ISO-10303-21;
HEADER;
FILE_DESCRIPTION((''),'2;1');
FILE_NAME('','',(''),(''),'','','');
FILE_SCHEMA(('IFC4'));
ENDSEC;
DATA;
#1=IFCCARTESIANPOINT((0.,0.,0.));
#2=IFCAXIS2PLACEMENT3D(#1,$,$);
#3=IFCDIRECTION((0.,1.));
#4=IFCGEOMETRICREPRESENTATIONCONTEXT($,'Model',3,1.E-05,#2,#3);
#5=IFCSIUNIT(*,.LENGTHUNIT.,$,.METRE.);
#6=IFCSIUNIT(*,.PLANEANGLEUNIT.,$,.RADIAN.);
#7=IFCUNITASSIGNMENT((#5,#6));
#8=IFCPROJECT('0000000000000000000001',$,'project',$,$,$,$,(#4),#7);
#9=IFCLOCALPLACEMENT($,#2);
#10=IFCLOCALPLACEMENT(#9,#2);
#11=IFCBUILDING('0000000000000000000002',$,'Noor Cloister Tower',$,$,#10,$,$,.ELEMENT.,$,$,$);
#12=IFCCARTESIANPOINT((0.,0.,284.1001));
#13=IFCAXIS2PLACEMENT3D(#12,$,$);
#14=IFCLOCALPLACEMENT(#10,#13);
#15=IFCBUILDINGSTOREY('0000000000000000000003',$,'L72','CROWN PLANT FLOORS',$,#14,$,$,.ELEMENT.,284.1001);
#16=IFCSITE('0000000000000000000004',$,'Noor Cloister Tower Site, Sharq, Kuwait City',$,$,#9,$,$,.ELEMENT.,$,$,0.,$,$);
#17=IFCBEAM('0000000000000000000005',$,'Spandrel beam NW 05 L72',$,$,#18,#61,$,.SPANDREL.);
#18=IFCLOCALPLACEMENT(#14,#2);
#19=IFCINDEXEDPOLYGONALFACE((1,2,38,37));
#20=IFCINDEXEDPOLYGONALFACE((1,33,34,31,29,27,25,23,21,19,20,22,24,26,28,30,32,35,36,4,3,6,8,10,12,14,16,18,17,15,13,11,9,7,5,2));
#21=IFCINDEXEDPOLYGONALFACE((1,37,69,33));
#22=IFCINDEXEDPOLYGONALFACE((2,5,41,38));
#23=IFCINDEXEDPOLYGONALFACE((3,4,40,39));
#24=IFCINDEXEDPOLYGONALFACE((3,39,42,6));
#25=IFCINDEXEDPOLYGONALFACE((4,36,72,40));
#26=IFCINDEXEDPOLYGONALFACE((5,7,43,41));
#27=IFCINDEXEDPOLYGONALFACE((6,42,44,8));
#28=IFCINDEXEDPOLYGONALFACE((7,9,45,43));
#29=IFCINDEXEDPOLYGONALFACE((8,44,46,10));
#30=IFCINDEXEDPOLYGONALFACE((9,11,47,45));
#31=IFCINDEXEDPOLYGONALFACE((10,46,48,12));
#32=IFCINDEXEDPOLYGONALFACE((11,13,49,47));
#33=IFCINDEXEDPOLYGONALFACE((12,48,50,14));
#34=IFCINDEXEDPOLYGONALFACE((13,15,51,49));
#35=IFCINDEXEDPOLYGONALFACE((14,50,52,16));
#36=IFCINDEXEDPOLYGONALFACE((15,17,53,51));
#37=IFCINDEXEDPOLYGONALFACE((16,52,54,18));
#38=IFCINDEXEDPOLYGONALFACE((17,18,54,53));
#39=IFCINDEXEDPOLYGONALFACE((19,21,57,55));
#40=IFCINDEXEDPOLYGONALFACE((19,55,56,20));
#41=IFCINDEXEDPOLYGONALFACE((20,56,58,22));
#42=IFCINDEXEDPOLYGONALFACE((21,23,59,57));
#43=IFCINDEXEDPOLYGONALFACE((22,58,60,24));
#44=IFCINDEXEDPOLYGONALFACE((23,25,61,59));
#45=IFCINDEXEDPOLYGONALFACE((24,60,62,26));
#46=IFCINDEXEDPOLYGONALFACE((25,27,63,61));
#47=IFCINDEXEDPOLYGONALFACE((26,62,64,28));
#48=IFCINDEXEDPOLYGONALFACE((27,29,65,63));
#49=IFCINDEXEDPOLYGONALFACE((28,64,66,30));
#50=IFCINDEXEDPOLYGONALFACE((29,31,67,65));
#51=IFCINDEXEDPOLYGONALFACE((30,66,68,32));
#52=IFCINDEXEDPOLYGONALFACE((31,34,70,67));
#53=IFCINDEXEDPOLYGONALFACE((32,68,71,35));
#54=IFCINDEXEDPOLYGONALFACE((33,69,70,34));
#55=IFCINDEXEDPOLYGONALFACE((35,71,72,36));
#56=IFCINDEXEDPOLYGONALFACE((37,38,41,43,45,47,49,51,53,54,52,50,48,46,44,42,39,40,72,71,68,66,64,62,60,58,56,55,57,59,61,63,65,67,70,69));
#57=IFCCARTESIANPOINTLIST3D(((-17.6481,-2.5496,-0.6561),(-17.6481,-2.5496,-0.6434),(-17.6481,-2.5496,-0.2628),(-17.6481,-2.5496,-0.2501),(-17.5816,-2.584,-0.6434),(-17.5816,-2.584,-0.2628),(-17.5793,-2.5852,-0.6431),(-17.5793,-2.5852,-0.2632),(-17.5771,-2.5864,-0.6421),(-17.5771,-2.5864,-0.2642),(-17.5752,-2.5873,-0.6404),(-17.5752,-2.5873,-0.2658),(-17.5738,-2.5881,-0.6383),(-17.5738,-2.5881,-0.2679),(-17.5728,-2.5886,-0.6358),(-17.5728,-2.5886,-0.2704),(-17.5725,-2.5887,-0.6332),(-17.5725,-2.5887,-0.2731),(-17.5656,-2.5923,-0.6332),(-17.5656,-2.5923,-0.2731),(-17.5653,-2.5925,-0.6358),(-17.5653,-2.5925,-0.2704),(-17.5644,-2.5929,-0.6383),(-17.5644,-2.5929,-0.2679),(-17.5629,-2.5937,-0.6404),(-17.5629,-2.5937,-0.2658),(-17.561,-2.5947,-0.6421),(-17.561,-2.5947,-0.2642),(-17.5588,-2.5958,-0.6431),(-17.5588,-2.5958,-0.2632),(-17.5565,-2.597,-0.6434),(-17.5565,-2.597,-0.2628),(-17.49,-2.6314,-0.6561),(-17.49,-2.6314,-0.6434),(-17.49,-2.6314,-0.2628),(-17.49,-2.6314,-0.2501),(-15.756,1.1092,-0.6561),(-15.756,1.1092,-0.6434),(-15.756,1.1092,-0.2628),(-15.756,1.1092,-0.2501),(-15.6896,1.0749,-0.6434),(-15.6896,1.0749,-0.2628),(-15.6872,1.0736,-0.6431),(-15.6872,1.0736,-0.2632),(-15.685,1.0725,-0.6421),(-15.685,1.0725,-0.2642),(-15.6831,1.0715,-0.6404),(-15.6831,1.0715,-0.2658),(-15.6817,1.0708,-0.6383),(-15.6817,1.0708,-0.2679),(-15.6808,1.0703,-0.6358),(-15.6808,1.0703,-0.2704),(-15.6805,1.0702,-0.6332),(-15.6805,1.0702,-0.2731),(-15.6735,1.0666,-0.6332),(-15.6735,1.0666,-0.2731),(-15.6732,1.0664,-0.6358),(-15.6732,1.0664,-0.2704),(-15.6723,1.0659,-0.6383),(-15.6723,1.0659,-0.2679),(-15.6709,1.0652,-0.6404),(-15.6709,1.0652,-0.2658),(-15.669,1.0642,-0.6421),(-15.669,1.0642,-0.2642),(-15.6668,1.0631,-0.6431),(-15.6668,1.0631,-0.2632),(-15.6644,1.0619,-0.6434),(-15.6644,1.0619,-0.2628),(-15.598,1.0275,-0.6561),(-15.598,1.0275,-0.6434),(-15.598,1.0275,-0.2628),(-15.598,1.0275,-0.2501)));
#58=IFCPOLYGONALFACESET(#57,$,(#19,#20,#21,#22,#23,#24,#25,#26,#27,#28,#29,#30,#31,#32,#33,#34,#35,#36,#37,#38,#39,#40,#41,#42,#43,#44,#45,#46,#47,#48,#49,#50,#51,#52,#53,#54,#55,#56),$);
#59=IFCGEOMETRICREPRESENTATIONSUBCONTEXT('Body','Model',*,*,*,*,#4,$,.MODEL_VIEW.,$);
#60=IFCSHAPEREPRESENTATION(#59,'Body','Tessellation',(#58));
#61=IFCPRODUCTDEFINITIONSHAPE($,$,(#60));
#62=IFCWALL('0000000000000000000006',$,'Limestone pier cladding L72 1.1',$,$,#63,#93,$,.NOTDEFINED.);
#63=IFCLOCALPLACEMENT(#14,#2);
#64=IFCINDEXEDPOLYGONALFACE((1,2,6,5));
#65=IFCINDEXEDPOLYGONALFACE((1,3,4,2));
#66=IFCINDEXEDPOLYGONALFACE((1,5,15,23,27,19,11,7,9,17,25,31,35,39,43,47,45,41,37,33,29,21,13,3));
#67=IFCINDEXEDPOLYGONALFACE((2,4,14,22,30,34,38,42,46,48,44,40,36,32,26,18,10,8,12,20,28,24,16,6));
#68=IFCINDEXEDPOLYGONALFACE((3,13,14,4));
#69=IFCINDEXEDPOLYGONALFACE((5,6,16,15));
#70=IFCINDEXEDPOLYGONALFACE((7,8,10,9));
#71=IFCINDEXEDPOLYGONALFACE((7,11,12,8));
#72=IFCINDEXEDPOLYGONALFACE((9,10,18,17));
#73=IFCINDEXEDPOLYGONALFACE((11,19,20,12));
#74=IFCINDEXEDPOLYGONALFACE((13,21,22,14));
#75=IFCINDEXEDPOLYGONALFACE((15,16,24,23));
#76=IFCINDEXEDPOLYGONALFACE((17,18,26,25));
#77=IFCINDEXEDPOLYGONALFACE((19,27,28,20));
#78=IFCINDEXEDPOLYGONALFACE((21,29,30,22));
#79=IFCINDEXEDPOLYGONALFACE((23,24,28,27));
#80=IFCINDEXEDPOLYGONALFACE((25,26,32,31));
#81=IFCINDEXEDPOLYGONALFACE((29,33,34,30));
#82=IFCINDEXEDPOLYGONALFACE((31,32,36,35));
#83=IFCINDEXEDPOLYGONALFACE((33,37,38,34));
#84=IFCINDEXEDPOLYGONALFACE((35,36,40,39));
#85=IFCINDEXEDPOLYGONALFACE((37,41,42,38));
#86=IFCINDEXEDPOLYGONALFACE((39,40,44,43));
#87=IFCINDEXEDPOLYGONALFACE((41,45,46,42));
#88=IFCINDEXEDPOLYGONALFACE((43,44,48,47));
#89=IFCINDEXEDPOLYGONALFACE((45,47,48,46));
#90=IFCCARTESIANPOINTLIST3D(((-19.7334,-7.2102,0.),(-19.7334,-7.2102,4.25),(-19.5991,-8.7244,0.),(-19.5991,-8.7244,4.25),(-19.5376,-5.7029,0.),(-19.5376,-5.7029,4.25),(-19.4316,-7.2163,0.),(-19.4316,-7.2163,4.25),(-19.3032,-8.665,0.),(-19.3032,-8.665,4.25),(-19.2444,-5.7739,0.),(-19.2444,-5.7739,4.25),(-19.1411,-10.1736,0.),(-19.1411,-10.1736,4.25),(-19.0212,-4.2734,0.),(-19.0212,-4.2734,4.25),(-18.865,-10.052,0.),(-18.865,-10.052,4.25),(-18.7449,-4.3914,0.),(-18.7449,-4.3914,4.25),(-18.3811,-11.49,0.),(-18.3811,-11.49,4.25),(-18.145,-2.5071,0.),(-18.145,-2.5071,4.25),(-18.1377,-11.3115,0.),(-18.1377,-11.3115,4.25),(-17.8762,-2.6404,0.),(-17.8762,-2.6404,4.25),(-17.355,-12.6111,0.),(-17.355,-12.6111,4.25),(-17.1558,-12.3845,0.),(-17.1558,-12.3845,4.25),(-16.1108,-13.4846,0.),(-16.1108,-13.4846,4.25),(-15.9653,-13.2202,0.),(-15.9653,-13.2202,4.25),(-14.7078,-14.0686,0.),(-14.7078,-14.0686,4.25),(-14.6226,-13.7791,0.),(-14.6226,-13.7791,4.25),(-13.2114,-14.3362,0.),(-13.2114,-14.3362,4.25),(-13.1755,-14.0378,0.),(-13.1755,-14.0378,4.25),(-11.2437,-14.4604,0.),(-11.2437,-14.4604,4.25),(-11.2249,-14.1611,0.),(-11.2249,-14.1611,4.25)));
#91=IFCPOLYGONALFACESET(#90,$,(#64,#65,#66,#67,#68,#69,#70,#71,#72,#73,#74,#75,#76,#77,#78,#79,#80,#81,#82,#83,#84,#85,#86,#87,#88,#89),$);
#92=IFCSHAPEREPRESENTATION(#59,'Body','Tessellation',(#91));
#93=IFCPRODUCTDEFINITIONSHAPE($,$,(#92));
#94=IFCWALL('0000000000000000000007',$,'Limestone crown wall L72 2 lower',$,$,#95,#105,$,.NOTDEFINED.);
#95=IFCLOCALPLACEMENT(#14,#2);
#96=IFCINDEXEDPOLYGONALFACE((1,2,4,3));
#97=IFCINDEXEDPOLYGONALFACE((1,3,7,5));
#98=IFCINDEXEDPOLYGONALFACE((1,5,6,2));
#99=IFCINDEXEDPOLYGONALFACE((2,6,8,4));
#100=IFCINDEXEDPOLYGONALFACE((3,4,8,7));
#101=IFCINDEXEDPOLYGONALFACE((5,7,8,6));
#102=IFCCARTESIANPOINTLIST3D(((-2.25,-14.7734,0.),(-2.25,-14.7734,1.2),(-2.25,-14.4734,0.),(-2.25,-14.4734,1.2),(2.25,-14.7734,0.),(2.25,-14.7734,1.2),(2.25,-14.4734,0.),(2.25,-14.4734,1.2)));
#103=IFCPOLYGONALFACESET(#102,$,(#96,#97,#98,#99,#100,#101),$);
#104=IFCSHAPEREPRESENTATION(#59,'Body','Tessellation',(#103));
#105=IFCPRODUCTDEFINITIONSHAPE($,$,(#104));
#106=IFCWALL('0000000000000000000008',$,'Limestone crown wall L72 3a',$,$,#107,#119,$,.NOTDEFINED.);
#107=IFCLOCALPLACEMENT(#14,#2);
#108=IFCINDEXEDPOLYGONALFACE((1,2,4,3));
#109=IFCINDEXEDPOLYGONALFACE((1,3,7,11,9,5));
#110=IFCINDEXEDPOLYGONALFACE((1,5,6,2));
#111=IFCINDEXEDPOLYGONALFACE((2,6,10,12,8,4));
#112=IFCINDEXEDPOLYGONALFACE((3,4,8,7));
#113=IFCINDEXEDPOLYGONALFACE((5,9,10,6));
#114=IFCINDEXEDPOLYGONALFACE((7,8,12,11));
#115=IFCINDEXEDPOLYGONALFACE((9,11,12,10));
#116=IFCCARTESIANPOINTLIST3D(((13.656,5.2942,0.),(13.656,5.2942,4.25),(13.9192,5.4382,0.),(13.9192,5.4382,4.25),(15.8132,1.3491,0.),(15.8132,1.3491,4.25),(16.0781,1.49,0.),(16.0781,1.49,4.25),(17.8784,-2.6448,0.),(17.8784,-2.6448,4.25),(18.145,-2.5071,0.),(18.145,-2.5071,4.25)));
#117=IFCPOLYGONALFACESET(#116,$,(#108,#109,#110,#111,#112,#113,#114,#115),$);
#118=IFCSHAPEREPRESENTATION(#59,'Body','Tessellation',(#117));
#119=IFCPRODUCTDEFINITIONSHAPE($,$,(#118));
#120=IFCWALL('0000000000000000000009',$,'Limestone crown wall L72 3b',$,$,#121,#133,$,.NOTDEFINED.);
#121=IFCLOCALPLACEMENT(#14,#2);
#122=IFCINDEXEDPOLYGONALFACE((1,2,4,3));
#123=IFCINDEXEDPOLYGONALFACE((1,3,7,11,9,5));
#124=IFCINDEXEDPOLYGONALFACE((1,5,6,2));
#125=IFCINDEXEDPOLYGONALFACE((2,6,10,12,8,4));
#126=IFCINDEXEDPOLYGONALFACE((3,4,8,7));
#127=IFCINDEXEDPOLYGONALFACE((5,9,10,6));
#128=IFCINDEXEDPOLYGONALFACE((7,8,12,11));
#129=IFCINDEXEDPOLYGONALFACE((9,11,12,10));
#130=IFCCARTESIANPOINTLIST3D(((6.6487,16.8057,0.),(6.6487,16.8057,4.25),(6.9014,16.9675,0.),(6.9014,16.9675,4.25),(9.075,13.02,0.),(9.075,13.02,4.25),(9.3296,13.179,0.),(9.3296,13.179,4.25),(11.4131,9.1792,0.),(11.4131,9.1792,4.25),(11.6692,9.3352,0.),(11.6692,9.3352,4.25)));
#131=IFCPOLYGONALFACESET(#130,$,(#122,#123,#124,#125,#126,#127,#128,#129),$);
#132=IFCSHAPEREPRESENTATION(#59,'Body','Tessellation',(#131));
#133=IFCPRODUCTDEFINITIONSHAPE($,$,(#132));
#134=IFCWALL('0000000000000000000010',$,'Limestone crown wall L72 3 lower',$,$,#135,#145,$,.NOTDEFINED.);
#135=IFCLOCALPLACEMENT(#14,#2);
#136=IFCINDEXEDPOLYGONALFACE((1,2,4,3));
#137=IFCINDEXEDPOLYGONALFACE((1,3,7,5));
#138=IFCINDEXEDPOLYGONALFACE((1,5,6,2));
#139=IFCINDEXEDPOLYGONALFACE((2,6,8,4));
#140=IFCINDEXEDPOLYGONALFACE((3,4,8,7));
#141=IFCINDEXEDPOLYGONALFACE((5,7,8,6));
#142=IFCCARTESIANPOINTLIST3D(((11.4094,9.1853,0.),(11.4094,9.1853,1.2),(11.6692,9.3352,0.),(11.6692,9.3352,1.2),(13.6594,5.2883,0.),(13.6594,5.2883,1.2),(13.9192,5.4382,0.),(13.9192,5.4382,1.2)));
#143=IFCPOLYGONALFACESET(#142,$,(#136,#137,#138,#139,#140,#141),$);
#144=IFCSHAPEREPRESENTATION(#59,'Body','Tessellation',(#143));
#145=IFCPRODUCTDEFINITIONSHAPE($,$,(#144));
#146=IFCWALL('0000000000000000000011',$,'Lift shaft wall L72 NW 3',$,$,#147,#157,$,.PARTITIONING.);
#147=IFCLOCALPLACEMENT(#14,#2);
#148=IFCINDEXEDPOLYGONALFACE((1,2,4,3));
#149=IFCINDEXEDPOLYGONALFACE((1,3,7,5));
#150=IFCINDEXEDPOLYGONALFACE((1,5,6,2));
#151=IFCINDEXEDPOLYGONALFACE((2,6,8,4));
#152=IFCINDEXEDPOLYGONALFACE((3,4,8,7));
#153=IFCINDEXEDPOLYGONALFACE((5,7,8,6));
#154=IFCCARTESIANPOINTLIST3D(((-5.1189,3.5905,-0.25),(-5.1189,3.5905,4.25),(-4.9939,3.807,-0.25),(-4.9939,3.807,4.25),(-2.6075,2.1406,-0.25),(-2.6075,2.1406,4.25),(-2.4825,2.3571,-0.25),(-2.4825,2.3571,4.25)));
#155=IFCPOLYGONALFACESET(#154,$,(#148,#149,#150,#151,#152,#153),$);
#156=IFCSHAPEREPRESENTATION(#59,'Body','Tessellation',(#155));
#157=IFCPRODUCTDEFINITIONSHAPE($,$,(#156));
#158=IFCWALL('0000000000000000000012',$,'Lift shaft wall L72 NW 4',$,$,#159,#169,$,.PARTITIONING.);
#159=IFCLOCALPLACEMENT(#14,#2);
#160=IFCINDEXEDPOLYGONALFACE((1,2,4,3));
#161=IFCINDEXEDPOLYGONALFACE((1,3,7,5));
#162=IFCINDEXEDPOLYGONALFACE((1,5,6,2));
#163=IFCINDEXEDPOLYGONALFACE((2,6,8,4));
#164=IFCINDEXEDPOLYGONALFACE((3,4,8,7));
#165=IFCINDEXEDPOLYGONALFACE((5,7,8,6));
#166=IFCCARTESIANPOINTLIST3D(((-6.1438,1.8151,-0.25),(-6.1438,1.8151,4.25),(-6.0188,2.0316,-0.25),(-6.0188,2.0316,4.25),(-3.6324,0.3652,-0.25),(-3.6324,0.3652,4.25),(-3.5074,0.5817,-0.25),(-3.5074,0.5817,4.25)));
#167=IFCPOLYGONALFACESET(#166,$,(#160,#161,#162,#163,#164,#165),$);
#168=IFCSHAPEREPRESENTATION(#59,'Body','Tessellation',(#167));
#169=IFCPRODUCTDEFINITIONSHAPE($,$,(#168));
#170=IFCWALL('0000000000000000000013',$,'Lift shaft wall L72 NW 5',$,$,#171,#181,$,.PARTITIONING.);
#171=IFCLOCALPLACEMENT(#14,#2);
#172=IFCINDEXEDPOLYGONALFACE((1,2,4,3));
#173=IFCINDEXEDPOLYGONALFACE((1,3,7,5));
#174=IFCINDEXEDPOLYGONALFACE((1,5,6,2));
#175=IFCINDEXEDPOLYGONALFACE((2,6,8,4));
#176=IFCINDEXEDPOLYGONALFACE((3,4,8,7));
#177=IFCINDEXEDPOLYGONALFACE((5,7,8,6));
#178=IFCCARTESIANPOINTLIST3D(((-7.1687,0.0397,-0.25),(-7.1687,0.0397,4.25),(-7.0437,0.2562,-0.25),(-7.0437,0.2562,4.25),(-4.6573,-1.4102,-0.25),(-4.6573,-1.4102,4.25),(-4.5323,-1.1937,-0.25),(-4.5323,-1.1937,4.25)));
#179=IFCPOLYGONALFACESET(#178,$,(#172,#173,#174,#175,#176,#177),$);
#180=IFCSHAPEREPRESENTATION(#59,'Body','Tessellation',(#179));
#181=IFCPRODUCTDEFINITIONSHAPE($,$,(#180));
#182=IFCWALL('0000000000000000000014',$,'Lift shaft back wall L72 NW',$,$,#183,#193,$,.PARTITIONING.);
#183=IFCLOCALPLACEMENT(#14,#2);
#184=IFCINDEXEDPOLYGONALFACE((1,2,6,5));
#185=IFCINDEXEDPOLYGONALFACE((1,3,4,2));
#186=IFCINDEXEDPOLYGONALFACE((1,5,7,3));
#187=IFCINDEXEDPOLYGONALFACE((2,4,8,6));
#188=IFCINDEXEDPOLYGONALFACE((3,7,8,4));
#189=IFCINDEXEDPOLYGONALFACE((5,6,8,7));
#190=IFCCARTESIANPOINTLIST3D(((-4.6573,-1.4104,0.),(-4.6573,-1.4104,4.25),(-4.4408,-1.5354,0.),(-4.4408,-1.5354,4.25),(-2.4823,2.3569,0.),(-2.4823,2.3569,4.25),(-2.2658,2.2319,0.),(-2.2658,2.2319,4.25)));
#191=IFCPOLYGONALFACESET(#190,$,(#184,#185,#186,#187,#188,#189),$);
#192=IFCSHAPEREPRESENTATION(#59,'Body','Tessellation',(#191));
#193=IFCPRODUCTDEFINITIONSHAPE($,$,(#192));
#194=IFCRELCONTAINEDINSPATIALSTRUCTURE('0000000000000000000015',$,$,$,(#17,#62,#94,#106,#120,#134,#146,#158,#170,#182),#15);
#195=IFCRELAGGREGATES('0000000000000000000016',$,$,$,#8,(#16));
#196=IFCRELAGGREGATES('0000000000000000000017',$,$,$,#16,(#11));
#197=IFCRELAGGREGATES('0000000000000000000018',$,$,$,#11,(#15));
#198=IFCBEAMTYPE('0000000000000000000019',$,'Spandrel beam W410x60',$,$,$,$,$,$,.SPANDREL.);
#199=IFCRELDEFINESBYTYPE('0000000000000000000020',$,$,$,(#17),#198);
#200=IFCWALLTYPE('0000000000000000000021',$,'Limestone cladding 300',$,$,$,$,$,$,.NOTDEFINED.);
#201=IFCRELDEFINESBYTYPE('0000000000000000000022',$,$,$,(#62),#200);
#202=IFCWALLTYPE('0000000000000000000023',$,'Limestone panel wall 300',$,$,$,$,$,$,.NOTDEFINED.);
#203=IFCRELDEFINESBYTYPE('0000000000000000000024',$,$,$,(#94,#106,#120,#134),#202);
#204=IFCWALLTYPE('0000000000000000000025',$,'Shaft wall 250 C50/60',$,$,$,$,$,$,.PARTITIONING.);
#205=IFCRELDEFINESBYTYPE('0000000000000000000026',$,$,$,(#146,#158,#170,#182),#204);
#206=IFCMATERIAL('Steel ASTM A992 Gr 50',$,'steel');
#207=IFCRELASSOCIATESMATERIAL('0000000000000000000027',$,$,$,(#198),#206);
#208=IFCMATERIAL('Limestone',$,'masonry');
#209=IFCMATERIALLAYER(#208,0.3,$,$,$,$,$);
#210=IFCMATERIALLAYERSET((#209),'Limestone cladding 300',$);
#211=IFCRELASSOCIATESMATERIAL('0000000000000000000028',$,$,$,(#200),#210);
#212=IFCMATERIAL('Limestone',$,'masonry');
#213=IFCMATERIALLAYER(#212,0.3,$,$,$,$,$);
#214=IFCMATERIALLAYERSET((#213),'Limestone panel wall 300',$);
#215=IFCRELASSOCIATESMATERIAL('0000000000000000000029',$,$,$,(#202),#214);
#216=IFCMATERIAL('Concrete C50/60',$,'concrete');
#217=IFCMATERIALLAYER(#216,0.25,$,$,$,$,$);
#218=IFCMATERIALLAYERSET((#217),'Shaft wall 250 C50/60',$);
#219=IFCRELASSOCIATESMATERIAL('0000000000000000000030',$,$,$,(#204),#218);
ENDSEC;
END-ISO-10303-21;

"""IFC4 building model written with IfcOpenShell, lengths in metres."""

from ifc_helpers import new_model, si_unit, direction, frame, frame_2d, origin, origin_2d, place, context, subcontext, project, spatial, polyline, rectangle, i_section, outline, extrude, material, layer, layer_set, material_profile, profile_set, type_object, element, save


model = new_model("IFC4")

# Units and contexts
model_context = context("Model", 3, precision=1e-05, world=origin(), true_north=direction((0.0, 1.0)))
body_context = subcontext(model_context, "Body", "Model", "MODEL_VIEW")
ifc_project = project(units=[si_unit("LENGTHUNIT", "METRE"), si_unit("PLANEANGLEUNIT", "RADIAN")], contexts=[model_context])

# Site, building, storey
site_placement = place(None, origin())
site = spatial("IfcSite", under=ifc_project, at=site_placement, Name="Noor Cloister Tower Site, Sharq, Kuwait City", CompositionType="ELEMENT", RefElevation=0.0)
building_placement = place(site_placement, origin())
building = spatial("IfcBuilding", under=site, at=building_placement, Name="Noor Cloister Tower", CompositionType="ELEMENT")
storey_placement = place(building_placement, frame((0.0, 0.0, 284.1001)))
storey = spatial("IfcBuildingStorey", under=building, at=storey_placement, Name="L72", Description="CROWN PLANT FLOORS", CompositionType="ELEMENT", Elevation=284.1001)

# Beam
ifc_material_1 = material(Name="Steel ASTM A992 Gr 50", Category="steel")
ifc_material_profile_1 = material_profile(ifc_material_1, i_section(OverallWidth=0.178, OverallDepth=0.406, WebThickness=0.0078, FlangeThickness=0.0127, FilletRadius=0.0103, at=origin_2d()), Name="W410x60")
ifc_profile_set_1 = profile_set([ifc_material_profile_1], Name="Steel ASTM A992 Gr 50")
beam_type_1 = type_object("IfcBeamType", Name="Spandrel beam W410x60", PredefinedType="SPANDREL", material=ifc_profile_set_1)
for number, where, z_axis, x_axis, name in (
    (1, (-15.677, 1.0684, -0.4531), (-0.459334, -0.888264, 0.0), (0.888264, -0.459334, 0.0), "Spandrel beam NW 05 L72"),
):
    element("IfcBeam", number, at=place(storey_placement, frame(where, z_axis=z_axis, x_axis=x_axis)), inside=storey, type_object=beam_type_1, Name=name, PredefinedType="SPANDREL", context=body_context, shape_type="SweptSolid", body=[
        extrude(i_section(OverallWidth=0.178, OverallDepth=0.406, WebThickness=0.0078, FlangeThickness=0.0127, FilletRadius=0.0103, at=origin_2d()), origin(), (0.0, 0.0, 1.0), 4.1191),
    ])

# Walls
ifc_material_2 = material(Name="Limestone", Category="masonry")
ifc_layer_1 = layer(ifc_material_2, 0.3)
ifc_layer_set_1 = layer_set([ifc_layer_1], Name="Limestone cladding 300")
wall_type_1 = type_object("IfcWallType", Name="Limestone cladding 300", PredefinedType="NOTDEFINED", material=ifc_layer_set_1)
wall_1_placement = place(storey_placement, origin())
element("IfcWall", 2, at=wall_1_placement, inside=storey, type_object=wall_type_1, Name="Limestone pier cladding L72 1.1", PredefinedType="NOTDEFINED", context=body_context, shape_type="SweptSolid", body=[
    extrude(outline(polyline([(-18.145, -2.5071), (-19.0212, -4.2734), (-19.5376, -5.7029), (-19.7334, -7.2102), (-19.5991, -8.7244), (-19.1411, -10.1736), (-18.3811, -11.49), (-17.355, -12.6111), (-16.1108, -13.4846), (-14.7078, -14.0686), (-13.2114, -14.3362), (-11.2437, -14.4604), (-11.2249, -14.1611), (-13.1755, -14.0378), (-14.6226, -13.7791), (-15.9653, -13.2202), (-17.1558, -12.3845), (-18.1377, -11.3115), (-18.865, -10.052), (-19.3032, -8.665), (-19.4316, -7.2163), (-19.2444, -5.7739), (-18.7449, -4.3914), (-17.8762, -2.6404), (-18.145, -2.5071)])), origin(), (0.0, 0.0, 1.0), 4.25),
])
ifc_material_3 = material(Name="Limestone", Category="masonry")
ifc_layer_2 = layer(ifc_material_3, 0.3)
ifc_layer_set_2 = layer_set([ifc_layer_2], Name="Limestone panel wall 300")
wall_type_2 = type_object("IfcWallType", Name="Limestone panel wall 300", PredefinedType="NOTDEFINED", material=ifc_layer_set_2)
wall_2_placement = place(storey_placement, origin())
element("IfcWall", 3, at=wall_2_placement, inside=storey, type_object=wall_type_2, Name="Limestone crown wall L72 2 lower", PredefinedType="NOTDEFINED", context=body_context, shape_type="SweptSolid", body=[
    extrude(outline(polyline([(-2.25, -14.7734), (2.25, -14.7734), (2.25, -14.4734), (-2.25, -14.4734), (-2.25, -14.7734)])), origin(), (0.0, 0.0, 1.0), 1.2),
])
wall_3_placement = place(storey_placement, origin())
element("IfcWall", 4, at=wall_3_placement, inside=storey, type_object=wall_type_2, Name="Limestone crown wall L72 3a", PredefinedType="NOTDEFINED", context=body_context, shape_type="SweptSolid", body=[
    extrude(outline(polyline([(18.145, -2.5071), (16.0781, 1.49), (13.9192, 5.4382), (13.656, 5.2942), (15.8132, 1.3491), (17.8784, -2.6448), (18.145, -2.5071)])), origin(), (0.0, 0.0, 1.0), 4.25),
])
wall_4_placement = place(storey_placement, origin())
element("IfcWall", 5, at=wall_4_placement, inside=storey, type_object=wall_type_2, Name="Limestone crown wall L72 3b", PredefinedType="NOTDEFINED", context=body_context, shape_type="SweptSolid", body=[
    extrude(outline(polyline([(11.6692, 9.3352), (9.3296, 13.179), (6.9014, 16.9675), (6.6487, 16.8057), (9.075, 13.02), (11.4131, 9.1792), (11.6692, 9.3352)])), origin(), (0.0, 0.0, 1.0), 4.25),
])
wall_5_placement = place(storey_placement, origin())
element("IfcWall", 6, at=wall_5_placement, inside=storey, type_object=wall_type_2, Name="Limestone crown wall L72 3 lower", PredefinedType="NOTDEFINED", context=body_context, shape_type="SweptSolid", body=[
    extrude(outline(polyline([(13.9192, 5.4382), (11.6692, 9.3352), (11.4094, 9.1853), (13.6594, 5.2883), (13.9192, 5.4382)])), origin(), (0.0, 0.0, 1.0), 1.2),
])
ifc_material_4 = material(Name="Concrete C50/60", Category="concrete")
ifc_layer_3 = layer(ifc_material_4, 0.25)
ifc_layer_set_3 = layer_set([ifc_layer_3], Name="Shaft wall 250 C50/60")
wall_type_3 = type_object("IfcWallType", Name="Shaft wall 250 C50/60", PredefinedType="PARTITIONING", material=ifc_layer_set_3)
for number, where, z_axis, x_axis, name in (
    (7, (-5.0564, 3.6987, -0.25), (0.0, 0.0, 1.0), (0.866033, -0.499987, 0.0), "Lift shaft wall L72 NW 3"),
    (8, (-6.0813, 1.9233, -0.25), (0.0, 0.0, 1.0), (0.866033, -0.499987, 0.0), "Lift shaft wall L72 NW 4"),
    (9, (-7.1062, 0.1479, -0.25), (0.0, 0.0, 1.0), (0.866033, -0.499987, 0.0), "Lift shaft wall L72 NW 5"),
):
    element("IfcWall", number, at=place(storey_placement, frame(where, z_axis=z_axis, x_axis=x_axis)), inside=storey, type_object=wall_type_3, Name=name, PredefinedType="PARTITIONING", context=body_context, shape_type="SweptSolid", body=[
        extrude(rectangle(XDim=2.8999, YDim=0.25, at=frame_2d((1.45, 0.0))), origin(), (0.0, 0.0, 1.0), 4.5),
    ])
wall_6_placement = place(storey_placement, frame((-2.374, 2.2944, 0.0), z_axis=(0.0, 0.0, 1.0), x_axis=(-0.499996, -0.866028, 0.0)))
element("IfcWall", 10, at=wall_6_placement, inside=storey, type_object=wall_type_3, Name="Lift shaft back wall L72 NW", PredefinedType="PARTITIONING", context=body_context, shape_type="SweptSolid", body=[
    extrude(rectangle(XDim=4.3501, YDim=0.25, at=frame_2d((2.175, 0.0))), origin(), (0.0, 0.0, 1.0), 4.25),
])

save(model, "model.ifc")
